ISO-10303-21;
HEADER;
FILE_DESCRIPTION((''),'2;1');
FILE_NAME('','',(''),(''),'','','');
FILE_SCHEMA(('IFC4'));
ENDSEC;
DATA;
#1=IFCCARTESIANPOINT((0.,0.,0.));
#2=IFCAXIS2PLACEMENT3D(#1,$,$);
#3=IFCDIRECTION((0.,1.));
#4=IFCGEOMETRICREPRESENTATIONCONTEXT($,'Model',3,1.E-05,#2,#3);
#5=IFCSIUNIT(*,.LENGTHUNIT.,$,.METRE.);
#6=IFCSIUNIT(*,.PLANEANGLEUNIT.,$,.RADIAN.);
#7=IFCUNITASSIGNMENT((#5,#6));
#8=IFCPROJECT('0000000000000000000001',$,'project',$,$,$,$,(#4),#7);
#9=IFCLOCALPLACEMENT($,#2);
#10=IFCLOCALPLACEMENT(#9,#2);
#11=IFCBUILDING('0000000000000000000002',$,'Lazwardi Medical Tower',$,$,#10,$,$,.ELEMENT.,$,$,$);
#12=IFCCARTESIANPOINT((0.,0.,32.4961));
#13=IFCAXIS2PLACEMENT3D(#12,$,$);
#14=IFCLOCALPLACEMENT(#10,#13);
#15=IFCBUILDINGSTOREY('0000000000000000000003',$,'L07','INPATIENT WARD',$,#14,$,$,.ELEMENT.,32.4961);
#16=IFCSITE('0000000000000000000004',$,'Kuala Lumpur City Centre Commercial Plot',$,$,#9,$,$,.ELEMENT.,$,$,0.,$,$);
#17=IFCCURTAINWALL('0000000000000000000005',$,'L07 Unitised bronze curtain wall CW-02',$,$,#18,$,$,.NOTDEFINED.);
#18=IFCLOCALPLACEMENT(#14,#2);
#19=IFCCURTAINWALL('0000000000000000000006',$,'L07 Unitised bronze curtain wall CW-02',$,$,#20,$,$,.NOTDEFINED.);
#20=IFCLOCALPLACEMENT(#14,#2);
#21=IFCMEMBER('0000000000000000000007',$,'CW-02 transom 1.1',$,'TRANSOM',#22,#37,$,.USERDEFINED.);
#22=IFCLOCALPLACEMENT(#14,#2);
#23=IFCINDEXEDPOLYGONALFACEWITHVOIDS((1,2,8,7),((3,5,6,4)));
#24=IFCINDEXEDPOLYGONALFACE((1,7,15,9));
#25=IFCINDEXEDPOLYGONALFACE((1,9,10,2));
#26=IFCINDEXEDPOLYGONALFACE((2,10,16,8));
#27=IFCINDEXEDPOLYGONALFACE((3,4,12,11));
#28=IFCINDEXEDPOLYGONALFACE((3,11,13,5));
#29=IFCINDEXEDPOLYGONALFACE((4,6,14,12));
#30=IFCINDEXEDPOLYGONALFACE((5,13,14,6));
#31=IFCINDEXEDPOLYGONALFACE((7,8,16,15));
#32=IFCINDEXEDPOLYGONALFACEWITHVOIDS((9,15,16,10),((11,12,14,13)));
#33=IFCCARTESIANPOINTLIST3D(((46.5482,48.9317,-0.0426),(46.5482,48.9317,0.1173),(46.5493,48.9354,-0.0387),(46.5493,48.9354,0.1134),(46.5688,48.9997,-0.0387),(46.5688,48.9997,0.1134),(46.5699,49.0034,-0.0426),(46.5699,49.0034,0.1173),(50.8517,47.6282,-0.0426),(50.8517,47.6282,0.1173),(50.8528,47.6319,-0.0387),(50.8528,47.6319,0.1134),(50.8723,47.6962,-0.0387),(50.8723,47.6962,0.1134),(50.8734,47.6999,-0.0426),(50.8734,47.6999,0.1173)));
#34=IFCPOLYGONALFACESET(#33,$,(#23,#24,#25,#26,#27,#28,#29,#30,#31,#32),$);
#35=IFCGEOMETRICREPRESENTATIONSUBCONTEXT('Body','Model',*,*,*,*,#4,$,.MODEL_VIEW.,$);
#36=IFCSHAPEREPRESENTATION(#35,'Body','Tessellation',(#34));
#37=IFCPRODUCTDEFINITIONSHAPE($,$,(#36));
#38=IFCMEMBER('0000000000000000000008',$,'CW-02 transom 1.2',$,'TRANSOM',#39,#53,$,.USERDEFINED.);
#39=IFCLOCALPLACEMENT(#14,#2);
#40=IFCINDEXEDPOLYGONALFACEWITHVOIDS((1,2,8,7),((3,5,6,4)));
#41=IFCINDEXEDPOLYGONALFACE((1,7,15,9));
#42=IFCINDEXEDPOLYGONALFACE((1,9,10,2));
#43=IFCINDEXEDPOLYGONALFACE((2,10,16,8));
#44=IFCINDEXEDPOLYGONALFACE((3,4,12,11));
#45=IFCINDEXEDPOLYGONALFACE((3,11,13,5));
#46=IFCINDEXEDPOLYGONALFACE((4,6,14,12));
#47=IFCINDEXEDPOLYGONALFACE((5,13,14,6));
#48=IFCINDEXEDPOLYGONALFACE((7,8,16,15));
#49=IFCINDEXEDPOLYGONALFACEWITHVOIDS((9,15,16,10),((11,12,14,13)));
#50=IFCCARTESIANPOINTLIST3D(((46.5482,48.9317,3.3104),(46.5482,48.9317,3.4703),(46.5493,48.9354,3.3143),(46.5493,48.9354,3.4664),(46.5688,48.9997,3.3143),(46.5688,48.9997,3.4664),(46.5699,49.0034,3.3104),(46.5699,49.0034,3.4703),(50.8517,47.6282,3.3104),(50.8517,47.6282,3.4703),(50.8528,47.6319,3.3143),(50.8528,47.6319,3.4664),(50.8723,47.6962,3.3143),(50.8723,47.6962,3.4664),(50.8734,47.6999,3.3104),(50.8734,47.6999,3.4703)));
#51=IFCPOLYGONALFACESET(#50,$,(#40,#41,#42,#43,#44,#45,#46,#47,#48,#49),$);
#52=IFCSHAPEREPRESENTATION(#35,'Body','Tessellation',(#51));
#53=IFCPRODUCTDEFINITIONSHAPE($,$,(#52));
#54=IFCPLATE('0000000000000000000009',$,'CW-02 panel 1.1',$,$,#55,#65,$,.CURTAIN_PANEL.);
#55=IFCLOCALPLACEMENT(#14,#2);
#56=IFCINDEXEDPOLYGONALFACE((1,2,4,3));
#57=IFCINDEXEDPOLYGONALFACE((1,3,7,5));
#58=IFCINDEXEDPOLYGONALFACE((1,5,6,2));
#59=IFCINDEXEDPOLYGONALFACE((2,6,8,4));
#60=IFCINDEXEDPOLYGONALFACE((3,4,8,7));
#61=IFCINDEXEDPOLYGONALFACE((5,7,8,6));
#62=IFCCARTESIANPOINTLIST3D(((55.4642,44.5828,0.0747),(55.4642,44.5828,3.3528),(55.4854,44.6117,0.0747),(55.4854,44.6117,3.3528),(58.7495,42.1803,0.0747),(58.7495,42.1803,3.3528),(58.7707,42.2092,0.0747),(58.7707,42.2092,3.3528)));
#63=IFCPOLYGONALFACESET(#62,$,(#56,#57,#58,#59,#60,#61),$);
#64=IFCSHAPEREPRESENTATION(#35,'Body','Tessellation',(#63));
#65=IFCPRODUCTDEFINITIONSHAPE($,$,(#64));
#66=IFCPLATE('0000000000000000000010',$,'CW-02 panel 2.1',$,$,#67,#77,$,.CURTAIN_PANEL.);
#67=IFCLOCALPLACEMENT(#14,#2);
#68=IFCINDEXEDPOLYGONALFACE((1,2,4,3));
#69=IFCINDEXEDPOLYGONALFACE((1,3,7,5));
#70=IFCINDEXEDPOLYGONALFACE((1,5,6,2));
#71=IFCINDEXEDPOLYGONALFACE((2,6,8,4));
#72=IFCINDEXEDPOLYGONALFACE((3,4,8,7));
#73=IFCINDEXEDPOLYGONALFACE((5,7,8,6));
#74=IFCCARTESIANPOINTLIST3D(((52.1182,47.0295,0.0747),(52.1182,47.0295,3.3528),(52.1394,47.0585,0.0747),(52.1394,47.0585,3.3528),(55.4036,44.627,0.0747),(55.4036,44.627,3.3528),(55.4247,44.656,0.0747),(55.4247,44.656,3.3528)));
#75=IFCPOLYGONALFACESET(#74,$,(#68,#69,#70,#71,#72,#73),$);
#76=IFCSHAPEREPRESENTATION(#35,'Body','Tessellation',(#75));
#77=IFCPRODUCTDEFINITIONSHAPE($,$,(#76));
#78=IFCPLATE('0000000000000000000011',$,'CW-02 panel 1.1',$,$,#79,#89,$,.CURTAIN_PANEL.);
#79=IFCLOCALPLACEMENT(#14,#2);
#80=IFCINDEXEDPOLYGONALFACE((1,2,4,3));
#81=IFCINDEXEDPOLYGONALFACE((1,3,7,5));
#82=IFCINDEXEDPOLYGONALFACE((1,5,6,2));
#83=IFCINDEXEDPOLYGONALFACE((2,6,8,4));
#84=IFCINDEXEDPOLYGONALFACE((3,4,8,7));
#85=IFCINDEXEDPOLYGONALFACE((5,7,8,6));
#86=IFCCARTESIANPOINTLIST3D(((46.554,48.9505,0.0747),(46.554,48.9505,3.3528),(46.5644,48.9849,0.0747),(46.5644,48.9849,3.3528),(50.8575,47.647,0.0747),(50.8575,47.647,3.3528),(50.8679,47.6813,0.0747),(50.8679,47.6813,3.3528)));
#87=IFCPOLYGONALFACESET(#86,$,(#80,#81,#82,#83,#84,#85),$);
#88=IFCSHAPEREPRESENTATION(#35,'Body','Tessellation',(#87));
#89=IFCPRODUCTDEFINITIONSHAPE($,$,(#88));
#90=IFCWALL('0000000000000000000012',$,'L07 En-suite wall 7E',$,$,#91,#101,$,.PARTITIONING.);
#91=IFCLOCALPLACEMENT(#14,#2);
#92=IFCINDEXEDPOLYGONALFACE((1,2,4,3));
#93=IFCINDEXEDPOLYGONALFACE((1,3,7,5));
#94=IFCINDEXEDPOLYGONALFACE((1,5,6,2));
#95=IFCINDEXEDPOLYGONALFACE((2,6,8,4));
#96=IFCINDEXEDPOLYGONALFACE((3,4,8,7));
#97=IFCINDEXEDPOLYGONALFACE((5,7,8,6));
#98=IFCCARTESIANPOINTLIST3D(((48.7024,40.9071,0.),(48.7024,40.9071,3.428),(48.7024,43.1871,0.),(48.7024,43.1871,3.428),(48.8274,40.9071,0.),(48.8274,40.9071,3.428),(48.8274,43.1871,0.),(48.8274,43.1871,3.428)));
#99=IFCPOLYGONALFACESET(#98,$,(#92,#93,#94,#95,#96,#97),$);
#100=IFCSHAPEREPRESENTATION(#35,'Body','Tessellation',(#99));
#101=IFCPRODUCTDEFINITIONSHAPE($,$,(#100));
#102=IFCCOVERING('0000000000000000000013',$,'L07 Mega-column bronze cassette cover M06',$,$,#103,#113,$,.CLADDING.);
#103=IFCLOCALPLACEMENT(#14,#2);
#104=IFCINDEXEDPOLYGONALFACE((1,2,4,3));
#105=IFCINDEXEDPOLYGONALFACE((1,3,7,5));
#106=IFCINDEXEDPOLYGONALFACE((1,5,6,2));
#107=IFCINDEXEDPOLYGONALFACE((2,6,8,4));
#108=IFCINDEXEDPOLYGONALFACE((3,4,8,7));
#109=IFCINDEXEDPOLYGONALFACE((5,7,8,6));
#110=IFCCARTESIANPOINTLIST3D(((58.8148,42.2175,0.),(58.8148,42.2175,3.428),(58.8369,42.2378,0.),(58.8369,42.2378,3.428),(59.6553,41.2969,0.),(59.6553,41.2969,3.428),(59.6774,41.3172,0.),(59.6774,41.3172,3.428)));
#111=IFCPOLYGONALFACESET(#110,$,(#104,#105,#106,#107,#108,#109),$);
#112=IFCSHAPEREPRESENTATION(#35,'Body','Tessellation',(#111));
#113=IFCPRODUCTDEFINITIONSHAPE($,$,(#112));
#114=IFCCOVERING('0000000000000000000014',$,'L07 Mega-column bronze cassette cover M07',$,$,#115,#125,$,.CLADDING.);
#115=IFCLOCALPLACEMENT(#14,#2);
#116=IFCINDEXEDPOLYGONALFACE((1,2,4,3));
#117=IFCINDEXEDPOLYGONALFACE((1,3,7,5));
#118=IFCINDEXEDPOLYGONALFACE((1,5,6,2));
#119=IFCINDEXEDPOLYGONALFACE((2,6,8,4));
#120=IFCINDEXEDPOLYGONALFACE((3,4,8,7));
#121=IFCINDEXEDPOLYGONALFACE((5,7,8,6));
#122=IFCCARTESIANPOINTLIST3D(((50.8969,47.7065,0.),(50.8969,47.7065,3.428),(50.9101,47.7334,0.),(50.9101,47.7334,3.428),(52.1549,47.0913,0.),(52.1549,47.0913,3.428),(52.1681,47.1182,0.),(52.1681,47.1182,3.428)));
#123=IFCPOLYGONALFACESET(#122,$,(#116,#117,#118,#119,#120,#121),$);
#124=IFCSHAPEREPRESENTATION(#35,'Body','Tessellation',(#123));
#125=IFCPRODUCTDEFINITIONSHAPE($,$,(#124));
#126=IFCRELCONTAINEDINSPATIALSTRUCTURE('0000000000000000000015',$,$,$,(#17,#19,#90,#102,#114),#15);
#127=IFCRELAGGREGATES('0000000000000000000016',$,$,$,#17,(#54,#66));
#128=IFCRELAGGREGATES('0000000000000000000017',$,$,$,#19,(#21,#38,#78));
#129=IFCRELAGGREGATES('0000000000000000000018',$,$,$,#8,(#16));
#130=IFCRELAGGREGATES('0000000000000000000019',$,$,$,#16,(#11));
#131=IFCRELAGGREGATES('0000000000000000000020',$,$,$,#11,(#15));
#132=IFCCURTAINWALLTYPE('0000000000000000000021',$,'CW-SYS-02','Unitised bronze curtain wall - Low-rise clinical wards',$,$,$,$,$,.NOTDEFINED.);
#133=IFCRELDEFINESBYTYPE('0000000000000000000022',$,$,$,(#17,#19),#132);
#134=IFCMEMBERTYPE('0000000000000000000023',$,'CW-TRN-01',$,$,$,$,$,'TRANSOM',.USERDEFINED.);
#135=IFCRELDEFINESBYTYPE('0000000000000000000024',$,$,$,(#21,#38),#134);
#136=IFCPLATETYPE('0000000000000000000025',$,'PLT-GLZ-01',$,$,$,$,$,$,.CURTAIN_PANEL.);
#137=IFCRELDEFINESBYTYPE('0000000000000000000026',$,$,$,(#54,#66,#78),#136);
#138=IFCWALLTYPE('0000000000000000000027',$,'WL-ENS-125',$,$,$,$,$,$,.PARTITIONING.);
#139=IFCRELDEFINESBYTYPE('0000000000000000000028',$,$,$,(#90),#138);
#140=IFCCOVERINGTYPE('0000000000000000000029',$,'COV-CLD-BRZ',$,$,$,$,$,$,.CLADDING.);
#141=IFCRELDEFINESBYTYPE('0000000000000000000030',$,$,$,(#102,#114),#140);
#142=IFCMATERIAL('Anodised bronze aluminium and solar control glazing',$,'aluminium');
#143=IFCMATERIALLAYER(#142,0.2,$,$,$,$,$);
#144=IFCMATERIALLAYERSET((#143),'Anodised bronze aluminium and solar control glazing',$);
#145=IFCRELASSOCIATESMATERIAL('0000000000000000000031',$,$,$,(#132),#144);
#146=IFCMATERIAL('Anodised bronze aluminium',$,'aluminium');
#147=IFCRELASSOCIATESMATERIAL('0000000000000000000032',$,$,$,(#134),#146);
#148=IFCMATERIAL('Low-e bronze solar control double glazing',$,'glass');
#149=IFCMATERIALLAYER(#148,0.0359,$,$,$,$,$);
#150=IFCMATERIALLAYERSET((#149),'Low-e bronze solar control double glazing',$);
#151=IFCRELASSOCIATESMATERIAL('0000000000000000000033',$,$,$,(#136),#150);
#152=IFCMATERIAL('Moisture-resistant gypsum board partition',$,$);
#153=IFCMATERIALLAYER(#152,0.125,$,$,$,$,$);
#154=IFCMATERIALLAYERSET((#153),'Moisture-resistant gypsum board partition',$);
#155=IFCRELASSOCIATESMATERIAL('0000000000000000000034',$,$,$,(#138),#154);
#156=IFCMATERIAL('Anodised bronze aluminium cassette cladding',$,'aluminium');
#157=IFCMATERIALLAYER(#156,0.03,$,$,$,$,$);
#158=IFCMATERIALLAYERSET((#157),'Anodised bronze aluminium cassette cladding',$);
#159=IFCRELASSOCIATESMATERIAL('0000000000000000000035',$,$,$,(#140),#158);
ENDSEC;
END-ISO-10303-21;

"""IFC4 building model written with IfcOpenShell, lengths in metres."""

from ifc_helpers import new_model, si_unit, direction, frame, frame_2d, origin, origin_2d, place, context, subcontext, project, spatial, rectangle, hollow_rectangle, extrude, material, layer, layer_set, material_profile, profile_set, type_object, element, aggregate, save


model = new_model("IFC4")

# Units and contexts
model_context = context("Model", 3, precision=1e-05, world=origin(), true_north=direction((0.0, 1.0)))
body_context = subcontext(model_context, "Body", "Model", "MODEL_VIEW")
ifc_project = project(units=[si_unit("LENGTHUNIT", "METRE"), si_unit("PLANEANGLEUNIT", "RADIAN")], contexts=[model_context])

# Site, building, storey
site_placement = place(None, origin())
site = spatial("IfcSite", under=ifc_project, at=site_placement, Name="Kuala Lumpur City Centre Commercial Plot", CompositionType="ELEMENT", RefElevation=0.0)
building_placement = place(site_placement, origin())
building = spatial("IfcBuilding", under=site, at=building_placement, Name="Lazwardi Medical Tower", CompositionType="ELEMENT")
storey_placement = place(building_placement, frame((0.0, 0.0, 32.4961)))
storey = spatial("IfcBuildingStorey", under=building, at=storey_placement, Name="L07", Description="INPATIENT WARD", CompositionType="ELEMENT", Elevation=32.4961)

# Shared definitions
ifc_material_1 = material(Name="Anodised bronze aluminium and solar control glazing", Category="aluminium")
ifc_layer_1 = layer(ifc_material_1, 0.2)
ifc_layer_set_1 = layer_set([ifc_layer_1], Name="Anodised bronze aluminium and solar control glazing")
curtain_wall_type = type_object("IfcCurtainWallType", Name="CW-SYS-02", Description="Unitised bronze curtain wall - Low-rise clinical wards", PredefinedType="NOTDEFINED", material=ifc_layer_set_1)
ifc_material_2 = material(Name="Anodised bronze aluminium", Category="aluminium")

# Curtain wall
curtain_wall_1_placement = place(storey_placement, origin())
curtain_wall_1 = element("IfcCurtainWall", 1, at=curtain_wall_1_placement, inside=storey, type_object=curtain_wall_type, Name="L07 Unitised bronze curtain wall CW-02", PredefinedType="NOTDEFINED")

# Curtain wall
curtain_wall_2_placement = place(storey_placement, origin())
curtain_wall_2 = element("IfcCurtainWall", 2, at=curtain_wall_2_placement, inside=storey, type_object=curtain_wall_type, Name="L07 Unitised bronze curtain wall CW-02", PredefinedType="NOTDEFINED")

# Members
ifc_material_profile_1 = material_profile(ifc_material_2, hollow_rectangle(XDim=0.075, YDim=0.1599, WallThickness=0.0039, at=origin_2d()), Name="ALU-TRANSOM 160x75x4")
ifc_profile_set_1 = profile_set([ifc_material_profile_1], Name="Anodised bronze aluminium")
member_type_1 = type_object("IfcMemberType", Name="CW-TRN-01", ElementType="TRANSOM", PredefinedType="USERDEFINED", material=ifc_profile_set_1)
member_1_placement = place(storey_placement, frame((50.8625, 47.6641, 0.0374), z_axis=(-0.957062, 0.289882, 0.0), x_axis=(-0.289882, -0.957062, 0.0)))
member_1 = element("IfcMember", 3, at=member_1_placement, type_object=member_type_1, Name="CW-02 transom 1.1", ObjectType="TRANSOM", PredefinedType="USERDEFINED", context=body_context, shape_type="SweptSolid", body=[
    extrude(hollow_rectangle(XDim=0.075, YDim=0.1599, WallThickness=0.0039, at=origin_2d()), origin(), (0.0, 0.0, 1.0), 4.4966),
])
member_2_placement = place(storey_placement, frame((50.8625, 47.6641, 3.3904), z_axis=(-0.957062, 0.289882, 0.0), x_axis=(-0.289882, -0.957062, 0.0)))
member_2 = element("IfcMember", 4, at=member_2_placement, type_object=member_type_1, Name="CW-02 transom 1.2", ObjectType="TRANSOM", PredefinedType="USERDEFINED", context=body_context, shape_type="SweptSolid", body=[
    extrude(hollow_rectangle(XDim=0.075, YDim=0.1599, WallThickness=0.0039, at=origin_2d()), origin(), (0.0, 0.0, 1.0), 4.4966),
])

# Plates
ifc_material_3 = material(Name="Low-e bronze solar control double glazing", Category="glass")
ifc_layer_2 = layer(ifc_material_3, 0.0359)
ifc_layer_set_2 = layer_set([ifc_layer_2], Name="Low-e bronze solar control double glazing")
plate_type = type_object("IfcPlateType", Name="PLT-GLZ-01", PredefinedType="CURTAIN_PANEL", material=ifc_layer_set_2)
plate_1_placement = place(storey_placement, frame((57.1174, 43.396, 0.0747), z_axis=(0.0, 0.0, 1.0), x_axis=(-0.807192, 0.590289, 0.0)))
plate_1 = element("IfcPlate", 5, at=plate_1_placement, type_object=plate_type, Name="CW-02 panel 1.1", PredefinedType="CURTAIN_PANEL", context=body_context, shape_type="SweptSolid", body=[
    extrude(rectangle(XDim=4.0701, YDim=0.0359, at=origin_2d()), origin(), (0.0, 0.0, 1.0), 3.2781),
])
plate_2_placement = place(storey_placement, frame((53.7715, 45.8428, 0.0747), z_axis=(0.0, 0.0, 1.0), x_axis=(-0.807192, 0.590289, 0.0)))
plate_2 = element("IfcPlate", 6, at=plate_2_placement, type_object=plate_type, Name="CW-02 panel 2.1", PredefinedType="CURTAIN_PANEL", context=body_context, shape_type="SweptSolid", body=[
    extrude(rectangle(XDim=4.0701, YDim=0.0359, at=origin_2d()), origin(), (0.0, 0.0, 1.0), 3.2781),
])
aggregate(curtain_wall_1, [plate_1, plate_2])
plate_3_placement = place(storey_placement, frame((48.7109, 48.3159, 0.0747), z_axis=(0.0, 0.0, 1.0), x_axis=(-0.957058, 0.289896, 0.0)))
plate_3 = element("IfcPlate", 7, at=plate_3_placement, type_object=plate_type, Name="CW-02 panel 1.1", PredefinedType="CURTAIN_PANEL", context=body_context, shape_type="SweptSolid", body=[
    extrude(rectangle(XDim=4.4966, YDim=0.0359, at=origin_2d()), origin(), (0.0, 0.0, 1.0), 3.2781),
])
aggregate(curtain_wall_2, [member_1, member_2, plate_3])

# Wall
ifc_material_4 = material(Name="Moisture-resistant gypsum board partition")
ifc_layer_3 = layer(ifc_material_4, 0.125)
ifc_layer_set_3 = layer_set([ifc_layer_3], Name="Moisture-resistant gypsum board partition")
wall_type = type_object("IfcWallType", Name="WL-ENS-125", PredefinedType="PARTITIONING", material=ifc_layer_set_3)
wall_placement = place(storey_placement, frame((48.7649, 40.907, 0.0), z_axis=(0.0, 0.0, 1.0), x_axis=(0.0, 1.0, 0.0)))
element("IfcWall", 8, at=wall_placement, inside=storey, type_object=wall_type, Name="L07 En-suite wall 7E", PredefinedType="PARTITIONING", context=body_context, shape_type="SweptSolid", body=[
    extrude(rectangle(XDim=2.28, YDim=0.125, at=frame_2d((1.1401, 0.0))), origin(), (0.0, 0.0, 1.0), 3.428),
])

# Coverings
ifc_material_5 = material(Name="Anodised bronze aluminium cassette cladding", Category="aluminium")
ifc_layer_4 = layer(ifc_material_5, 0.03)
ifc_layer_set_4 = layer_set([ifc_layer_4], Name="Anodised bronze aluminium cassette cladding")
covering_type = type_object("IfcCoveringType", Name="COV-CLD-BRZ", PredefinedType="CLADDING", material=ifc_layer_set_4)
covering_1_placement = place(storey_placement, frame((59.2461, 41.7673, 0.0), z_axis=(0.0, 0.0, 1.0), x_axis=(-0.674252, 0.738501, 0.0)))
element("IfcCovering", 9, at=covering_1_placement, inside=storey, type_object=covering_type, Name="L07 Mega-column bronze cassette cover M06", PredefinedType="CLADDING", context=body_context, shape_type="SweptSolid", body=[
    extrude(rectangle(XDim=1.2466, YDim=0.03, at=origin_2d()), origin(), (0.0, 0.0, 1.0), 3.428),
])
covering_2_placement = place(storey_placement, frame((51.5325, 47.4124, 0.0), z_axis=(0.0, 0.0, 1.0), x_axis=(-0.898334, 0.439312, 0.0)))
element("IfcCovering", 10, at=covering_2_placement, inside=storey, type_object=covering_type, Name="L07 Mega-column bronze cassette cover M07", PredefinedType="CLADDING", context=body_context, shape_type="SweptSolid", body=[
    extrude(rectangle(XDim=1.4004, YDim=0.03, at=origin_2d()), origin(), (0.0, 0.0, 1.0), 3.428),
])

save(model, "model.ifc")
